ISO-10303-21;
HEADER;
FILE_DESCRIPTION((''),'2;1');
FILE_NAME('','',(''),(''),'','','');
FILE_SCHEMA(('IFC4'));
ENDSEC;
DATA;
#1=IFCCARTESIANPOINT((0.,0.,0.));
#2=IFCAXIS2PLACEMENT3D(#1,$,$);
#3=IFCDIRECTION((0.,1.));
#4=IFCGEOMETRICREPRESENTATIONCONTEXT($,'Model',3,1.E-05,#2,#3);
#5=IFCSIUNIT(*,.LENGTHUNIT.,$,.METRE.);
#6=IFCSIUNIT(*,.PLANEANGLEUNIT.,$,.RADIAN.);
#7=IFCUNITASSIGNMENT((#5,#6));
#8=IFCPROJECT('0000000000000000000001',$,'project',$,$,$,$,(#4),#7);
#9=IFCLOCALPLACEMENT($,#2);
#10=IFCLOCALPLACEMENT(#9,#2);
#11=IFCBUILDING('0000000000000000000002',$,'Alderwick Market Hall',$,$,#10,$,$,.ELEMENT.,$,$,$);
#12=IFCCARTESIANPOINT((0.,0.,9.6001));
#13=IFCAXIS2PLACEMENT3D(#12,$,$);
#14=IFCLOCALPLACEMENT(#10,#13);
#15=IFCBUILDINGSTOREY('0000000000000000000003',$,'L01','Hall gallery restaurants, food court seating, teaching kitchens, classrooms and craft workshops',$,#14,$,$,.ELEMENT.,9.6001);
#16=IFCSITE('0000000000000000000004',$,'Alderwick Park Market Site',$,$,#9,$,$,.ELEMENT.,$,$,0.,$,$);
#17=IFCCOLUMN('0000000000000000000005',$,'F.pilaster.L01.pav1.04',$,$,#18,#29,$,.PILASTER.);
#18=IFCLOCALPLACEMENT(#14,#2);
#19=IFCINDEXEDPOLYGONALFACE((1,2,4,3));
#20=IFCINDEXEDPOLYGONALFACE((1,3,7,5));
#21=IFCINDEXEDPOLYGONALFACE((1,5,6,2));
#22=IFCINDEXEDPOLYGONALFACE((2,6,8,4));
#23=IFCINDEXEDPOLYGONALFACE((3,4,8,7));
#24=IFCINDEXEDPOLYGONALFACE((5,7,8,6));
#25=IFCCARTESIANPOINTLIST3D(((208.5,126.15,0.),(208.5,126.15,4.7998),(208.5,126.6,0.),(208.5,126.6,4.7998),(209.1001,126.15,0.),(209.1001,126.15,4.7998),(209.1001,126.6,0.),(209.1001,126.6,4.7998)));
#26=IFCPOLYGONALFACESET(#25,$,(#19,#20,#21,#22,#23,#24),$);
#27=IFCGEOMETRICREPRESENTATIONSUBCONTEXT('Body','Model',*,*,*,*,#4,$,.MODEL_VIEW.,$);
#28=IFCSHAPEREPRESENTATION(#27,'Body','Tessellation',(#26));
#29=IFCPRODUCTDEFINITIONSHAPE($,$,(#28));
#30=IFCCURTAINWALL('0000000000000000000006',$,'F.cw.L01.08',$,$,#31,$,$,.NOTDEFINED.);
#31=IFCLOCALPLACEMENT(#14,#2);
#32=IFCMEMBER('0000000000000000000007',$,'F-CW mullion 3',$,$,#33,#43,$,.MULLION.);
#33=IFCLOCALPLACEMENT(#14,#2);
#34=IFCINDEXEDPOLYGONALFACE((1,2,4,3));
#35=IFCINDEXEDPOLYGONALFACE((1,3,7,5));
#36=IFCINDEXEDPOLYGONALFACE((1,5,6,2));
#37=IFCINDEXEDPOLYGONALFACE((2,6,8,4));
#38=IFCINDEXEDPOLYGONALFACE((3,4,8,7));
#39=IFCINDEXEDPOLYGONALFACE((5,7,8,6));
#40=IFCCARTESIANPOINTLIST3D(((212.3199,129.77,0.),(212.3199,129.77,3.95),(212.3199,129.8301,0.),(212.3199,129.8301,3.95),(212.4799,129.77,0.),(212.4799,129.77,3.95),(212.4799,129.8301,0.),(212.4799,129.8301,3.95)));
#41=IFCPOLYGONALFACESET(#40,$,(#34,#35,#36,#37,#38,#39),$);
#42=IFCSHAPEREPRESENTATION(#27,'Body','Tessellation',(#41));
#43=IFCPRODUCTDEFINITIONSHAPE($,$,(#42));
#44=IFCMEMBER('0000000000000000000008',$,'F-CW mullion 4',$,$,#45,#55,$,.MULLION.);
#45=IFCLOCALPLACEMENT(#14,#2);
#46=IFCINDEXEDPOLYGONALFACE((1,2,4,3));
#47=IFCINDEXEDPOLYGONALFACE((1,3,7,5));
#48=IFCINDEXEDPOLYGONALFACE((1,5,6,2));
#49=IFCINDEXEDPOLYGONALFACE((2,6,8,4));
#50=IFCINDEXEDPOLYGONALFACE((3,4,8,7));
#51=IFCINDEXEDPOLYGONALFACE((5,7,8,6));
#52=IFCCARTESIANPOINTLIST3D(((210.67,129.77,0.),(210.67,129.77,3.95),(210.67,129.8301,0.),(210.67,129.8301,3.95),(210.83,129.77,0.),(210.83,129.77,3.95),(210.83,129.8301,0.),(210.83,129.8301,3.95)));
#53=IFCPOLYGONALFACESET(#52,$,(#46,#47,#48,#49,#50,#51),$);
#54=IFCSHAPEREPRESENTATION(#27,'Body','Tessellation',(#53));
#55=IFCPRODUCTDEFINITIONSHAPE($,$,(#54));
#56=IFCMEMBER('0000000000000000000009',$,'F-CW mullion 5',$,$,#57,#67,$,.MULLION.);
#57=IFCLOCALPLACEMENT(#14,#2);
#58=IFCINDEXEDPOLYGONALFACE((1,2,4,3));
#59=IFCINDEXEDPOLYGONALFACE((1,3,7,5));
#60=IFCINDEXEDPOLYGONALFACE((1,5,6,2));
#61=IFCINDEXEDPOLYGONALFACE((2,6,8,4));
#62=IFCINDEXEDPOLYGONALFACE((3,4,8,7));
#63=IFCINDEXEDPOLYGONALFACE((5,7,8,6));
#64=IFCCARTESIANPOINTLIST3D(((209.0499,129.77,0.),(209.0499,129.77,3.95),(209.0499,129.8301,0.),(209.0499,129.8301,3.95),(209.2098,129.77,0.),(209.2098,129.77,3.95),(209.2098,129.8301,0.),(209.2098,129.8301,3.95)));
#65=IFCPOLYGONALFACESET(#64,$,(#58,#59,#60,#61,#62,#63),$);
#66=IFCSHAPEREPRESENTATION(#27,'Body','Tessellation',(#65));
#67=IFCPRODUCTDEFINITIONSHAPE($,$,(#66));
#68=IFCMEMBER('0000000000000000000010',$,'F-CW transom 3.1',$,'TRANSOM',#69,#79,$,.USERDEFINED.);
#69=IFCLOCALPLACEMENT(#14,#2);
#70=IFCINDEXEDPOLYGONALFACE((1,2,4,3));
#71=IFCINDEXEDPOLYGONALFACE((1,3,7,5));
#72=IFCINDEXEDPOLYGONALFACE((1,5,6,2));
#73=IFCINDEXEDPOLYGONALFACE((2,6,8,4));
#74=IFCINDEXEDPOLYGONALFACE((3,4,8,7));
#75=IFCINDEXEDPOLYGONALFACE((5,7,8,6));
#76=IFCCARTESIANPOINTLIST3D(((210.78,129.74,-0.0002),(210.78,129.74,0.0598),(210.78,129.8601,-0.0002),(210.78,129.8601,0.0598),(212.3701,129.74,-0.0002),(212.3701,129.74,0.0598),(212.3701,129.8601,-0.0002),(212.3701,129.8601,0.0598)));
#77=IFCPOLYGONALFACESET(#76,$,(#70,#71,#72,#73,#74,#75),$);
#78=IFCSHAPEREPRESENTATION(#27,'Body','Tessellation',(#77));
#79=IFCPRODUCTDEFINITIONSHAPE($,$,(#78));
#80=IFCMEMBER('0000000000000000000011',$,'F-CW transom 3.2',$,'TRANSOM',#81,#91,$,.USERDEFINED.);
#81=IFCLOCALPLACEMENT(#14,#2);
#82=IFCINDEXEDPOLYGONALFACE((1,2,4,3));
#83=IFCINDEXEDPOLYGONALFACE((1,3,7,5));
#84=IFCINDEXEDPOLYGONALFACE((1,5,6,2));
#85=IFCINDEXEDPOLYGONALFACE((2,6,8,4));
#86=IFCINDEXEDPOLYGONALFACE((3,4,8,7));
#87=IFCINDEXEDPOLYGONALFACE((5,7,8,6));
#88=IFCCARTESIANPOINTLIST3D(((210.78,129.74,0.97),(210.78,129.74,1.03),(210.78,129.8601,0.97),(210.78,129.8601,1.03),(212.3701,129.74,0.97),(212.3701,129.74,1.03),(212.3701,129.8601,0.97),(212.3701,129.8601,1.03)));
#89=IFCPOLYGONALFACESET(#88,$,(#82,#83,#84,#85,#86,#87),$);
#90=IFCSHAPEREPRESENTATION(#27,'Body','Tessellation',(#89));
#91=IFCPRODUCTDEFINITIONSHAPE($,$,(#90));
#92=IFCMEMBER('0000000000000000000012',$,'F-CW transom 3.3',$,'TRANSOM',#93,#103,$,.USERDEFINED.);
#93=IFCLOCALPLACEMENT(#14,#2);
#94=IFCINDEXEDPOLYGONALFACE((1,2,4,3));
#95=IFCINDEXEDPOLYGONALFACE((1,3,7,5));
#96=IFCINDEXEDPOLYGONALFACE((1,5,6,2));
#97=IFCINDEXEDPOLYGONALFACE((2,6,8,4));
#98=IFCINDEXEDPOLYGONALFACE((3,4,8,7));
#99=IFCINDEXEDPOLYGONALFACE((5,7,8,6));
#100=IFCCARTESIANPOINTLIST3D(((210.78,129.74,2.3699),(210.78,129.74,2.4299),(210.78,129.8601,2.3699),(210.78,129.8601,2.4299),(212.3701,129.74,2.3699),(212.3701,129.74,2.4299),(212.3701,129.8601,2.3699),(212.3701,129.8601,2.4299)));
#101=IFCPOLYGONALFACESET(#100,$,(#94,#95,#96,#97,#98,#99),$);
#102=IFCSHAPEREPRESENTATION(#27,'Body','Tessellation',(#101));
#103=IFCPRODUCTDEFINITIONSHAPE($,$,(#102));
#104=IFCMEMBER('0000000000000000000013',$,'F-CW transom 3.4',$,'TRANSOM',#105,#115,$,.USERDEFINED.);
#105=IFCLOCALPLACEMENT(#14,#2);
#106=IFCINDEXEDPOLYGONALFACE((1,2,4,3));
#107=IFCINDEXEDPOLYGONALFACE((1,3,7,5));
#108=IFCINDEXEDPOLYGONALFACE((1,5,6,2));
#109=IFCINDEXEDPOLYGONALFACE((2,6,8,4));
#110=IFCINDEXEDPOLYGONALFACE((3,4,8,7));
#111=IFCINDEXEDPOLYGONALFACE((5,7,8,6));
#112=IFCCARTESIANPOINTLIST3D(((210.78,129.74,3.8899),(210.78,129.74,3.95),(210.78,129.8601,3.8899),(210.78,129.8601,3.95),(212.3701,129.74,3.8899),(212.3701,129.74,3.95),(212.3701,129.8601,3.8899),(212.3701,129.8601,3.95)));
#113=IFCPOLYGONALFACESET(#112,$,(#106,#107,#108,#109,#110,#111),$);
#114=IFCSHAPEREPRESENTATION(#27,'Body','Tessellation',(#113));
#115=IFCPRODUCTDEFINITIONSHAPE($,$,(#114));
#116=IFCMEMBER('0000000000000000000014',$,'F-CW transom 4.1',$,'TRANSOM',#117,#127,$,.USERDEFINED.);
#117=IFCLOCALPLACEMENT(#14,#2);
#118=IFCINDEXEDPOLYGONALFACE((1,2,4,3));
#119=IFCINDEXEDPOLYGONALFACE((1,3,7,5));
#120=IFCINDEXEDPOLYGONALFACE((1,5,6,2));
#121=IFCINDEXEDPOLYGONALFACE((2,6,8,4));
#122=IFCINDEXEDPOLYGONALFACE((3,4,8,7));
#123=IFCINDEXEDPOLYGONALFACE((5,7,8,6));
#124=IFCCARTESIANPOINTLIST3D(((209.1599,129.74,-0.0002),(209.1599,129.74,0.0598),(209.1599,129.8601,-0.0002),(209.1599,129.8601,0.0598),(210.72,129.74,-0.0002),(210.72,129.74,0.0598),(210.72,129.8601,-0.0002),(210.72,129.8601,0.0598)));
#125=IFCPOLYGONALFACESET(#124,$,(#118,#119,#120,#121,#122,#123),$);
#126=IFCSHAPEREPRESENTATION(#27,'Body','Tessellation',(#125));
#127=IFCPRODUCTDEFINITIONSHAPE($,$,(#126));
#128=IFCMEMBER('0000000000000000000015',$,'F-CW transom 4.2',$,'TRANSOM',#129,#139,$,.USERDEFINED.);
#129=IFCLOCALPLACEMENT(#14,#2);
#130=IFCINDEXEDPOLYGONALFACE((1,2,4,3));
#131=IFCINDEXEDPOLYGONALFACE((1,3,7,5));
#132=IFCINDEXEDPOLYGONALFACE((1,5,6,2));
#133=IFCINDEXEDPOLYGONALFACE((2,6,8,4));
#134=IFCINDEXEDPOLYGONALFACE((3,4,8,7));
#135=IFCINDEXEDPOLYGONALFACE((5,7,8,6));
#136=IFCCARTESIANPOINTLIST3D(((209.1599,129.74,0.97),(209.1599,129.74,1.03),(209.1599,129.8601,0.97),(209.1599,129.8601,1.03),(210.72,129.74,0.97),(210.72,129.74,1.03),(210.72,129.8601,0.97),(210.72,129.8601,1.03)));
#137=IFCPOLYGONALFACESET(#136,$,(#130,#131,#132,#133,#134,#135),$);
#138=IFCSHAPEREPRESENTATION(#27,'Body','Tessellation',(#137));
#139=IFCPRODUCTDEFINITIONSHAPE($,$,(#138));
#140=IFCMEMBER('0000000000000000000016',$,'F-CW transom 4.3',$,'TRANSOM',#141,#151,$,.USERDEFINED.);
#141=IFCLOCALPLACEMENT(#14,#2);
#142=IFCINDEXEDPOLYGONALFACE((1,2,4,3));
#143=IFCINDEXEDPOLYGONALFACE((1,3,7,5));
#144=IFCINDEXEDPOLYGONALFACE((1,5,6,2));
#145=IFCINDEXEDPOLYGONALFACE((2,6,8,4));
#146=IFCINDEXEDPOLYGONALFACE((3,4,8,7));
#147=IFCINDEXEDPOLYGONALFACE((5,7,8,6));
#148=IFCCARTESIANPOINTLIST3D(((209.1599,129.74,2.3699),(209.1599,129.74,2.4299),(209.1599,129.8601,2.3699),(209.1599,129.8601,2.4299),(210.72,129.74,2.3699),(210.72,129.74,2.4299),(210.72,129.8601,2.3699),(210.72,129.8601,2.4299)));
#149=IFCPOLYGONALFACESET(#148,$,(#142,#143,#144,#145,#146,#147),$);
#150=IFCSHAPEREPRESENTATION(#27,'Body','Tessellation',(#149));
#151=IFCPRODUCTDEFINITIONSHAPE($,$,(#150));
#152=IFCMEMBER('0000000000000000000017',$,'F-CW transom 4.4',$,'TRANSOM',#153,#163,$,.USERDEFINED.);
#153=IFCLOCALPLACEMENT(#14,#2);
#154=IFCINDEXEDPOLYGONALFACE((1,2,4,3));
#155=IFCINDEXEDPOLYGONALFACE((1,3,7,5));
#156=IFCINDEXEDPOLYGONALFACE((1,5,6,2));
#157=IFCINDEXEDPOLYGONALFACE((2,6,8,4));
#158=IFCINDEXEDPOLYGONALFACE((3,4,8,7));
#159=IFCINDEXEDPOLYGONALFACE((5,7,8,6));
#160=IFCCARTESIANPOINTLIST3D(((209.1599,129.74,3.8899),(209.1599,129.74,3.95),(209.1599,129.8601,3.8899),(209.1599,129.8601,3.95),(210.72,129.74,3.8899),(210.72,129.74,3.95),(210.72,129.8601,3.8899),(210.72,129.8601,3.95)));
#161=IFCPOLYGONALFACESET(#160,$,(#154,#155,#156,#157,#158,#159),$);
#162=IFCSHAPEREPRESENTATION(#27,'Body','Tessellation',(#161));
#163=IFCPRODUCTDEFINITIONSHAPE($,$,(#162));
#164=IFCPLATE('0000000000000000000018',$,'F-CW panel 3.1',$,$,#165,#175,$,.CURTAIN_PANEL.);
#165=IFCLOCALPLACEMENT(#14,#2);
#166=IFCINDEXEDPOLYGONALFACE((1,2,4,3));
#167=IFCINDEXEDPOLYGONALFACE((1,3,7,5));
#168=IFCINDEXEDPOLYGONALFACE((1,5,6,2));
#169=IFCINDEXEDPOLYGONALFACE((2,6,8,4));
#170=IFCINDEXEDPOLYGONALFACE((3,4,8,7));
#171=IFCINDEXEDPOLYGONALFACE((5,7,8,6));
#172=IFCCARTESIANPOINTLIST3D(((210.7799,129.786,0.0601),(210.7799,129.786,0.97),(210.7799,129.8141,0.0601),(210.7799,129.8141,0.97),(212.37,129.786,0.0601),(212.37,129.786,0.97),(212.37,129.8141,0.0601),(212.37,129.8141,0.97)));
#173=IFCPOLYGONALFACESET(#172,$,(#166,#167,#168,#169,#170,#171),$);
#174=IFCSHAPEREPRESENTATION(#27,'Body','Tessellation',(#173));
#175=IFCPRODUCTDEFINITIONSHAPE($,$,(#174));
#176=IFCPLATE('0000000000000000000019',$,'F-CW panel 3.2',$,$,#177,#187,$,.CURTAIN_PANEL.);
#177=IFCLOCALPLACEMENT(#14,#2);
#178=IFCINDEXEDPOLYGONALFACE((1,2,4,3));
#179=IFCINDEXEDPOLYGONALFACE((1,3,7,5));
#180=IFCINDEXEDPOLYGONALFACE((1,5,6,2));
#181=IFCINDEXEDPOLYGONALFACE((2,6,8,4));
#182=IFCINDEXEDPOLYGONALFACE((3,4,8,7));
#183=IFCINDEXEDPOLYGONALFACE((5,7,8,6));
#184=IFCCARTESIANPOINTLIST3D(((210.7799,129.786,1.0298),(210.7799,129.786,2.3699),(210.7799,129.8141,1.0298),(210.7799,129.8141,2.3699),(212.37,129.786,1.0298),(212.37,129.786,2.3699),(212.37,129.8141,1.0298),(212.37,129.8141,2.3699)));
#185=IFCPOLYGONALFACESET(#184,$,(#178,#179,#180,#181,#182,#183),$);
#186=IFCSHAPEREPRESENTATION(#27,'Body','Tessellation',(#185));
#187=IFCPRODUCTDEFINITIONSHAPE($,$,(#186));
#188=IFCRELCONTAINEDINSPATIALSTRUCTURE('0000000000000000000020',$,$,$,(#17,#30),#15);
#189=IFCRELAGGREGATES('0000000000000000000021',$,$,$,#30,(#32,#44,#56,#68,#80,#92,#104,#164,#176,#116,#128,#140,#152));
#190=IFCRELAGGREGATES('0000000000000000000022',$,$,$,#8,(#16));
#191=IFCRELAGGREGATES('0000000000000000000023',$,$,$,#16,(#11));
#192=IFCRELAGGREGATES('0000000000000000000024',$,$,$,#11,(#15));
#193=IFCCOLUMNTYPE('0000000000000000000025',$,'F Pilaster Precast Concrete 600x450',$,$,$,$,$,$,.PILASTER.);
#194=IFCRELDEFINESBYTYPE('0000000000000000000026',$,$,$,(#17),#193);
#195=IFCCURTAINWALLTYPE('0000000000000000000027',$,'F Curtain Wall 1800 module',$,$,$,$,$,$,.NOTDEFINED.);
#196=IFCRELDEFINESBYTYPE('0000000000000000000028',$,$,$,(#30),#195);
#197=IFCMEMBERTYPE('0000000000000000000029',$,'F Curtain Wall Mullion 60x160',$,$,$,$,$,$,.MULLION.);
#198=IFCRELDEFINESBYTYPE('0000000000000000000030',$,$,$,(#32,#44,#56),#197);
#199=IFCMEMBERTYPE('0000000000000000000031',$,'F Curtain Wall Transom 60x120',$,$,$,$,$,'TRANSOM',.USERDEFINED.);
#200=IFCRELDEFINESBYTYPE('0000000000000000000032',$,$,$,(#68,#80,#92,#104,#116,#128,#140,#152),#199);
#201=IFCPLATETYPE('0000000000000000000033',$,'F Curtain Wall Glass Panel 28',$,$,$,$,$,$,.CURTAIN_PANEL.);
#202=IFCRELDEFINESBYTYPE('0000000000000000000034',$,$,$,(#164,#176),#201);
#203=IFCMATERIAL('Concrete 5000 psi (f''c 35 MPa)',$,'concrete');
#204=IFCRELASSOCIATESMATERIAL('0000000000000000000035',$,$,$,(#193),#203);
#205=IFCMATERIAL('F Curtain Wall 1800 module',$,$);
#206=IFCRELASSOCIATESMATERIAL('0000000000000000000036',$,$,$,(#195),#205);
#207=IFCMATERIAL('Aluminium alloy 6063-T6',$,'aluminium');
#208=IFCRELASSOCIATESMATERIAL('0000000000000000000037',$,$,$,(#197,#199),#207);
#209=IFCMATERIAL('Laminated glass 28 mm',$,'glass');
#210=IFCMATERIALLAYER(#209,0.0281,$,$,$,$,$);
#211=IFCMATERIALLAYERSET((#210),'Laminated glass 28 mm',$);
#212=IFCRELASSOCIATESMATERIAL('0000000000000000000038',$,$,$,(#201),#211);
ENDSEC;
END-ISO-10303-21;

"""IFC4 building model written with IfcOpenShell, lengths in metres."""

from ifc_helpers import new_model, si_unit, direction, frame, origin, origin_2d, place, context, subcontext, project, spatial, rectangle, extrude, material, layer, layer_set, material_profile, profile_set, type_object, element, aggregate, save


model = new_model("IFC4")

# Units and contexts
model_context = context("Model", 3, precision=1e-05, world=origin(), true_north=direction((0.0, 1.0)))
body_context = subcontext(model_context, "Body", "Model", "MODEL_VIEW")
ifc_project = project(units=[si_unit("LENGTHUNIT", "METRE"), si_unit("PLANEANGLEUNIT", "RADIAN")], contexts=[model_context])

# Site, building, storey
site_placement = place(None, origin())
site = spatial("IfcSite", under=ifc_project, at=site_placement, Name="Alderwick Park Market Site", CompositionType="ELEMENT", RefElevation=0.0)
building_placement = place(site_placement, origin())
building = spatial("IfcBuilding", under=site, at=building_placement, Name="Alderwick Market Hall", CompositionType="ELEMENT")
storey_placement = place(building_placement, frame((0.0, 0.0, 9.6001)))
storey = spatial("IfcBuildingStorey", under=building, at=storey_placement, Name="L01", Description="Hall gallery restaurants, food court seating, teaching kitchens, classrooms and craft workshops", CompositionType="ELEMENT", Elevation=9.6001)

# Column
ifc_material_1 = material(Name="Concrete 5000 psi (f'c 35 MPa)", Category="concrete")
ifc_material_profile_1 = material_profile(ifc_material_1, rectangle(XDim=0.6001, YDim=0.45, at=origin_2d()), Name="PC 600x450")
ifc_profile_set_1 = profile_set([ifc_material_profile_1], Name="Concrete 5000 psi (f'c 35 MPa)")
column_type = type_object("IfcColumnType", Name="F Pilaster Precast Concrete 600x450", PredefinedType="PILASTER", material=ifc_profile_set_1)
column_placement = place(storey_placement, frame((208.8, 126.375, 0.0), z_axis=(0.0, 0.0, 1.0), x_axis=(1.0, 0.0, 0.0)))
element("IfcColumn", 1, at=column_placement, inside=storey, type_object=column_type, Name="F.pilaster.L01.pav1.04", PredefinedType="PILASTER", context=body_context, shape_type="SweptSolid", body=[
    extrude(rectangle(XDim=0.6001, YDim=0.45, at=origin_2d()), origin(), (0.0, 0.0, 1.0), 4.7998),
])

# Curtain wall, members, plates
ifc_material_2 = material(Name="F Curtain Wall 1800 module")
curtain_wall_type = type_object("IfcCurtainWallType", Name="F Curtain Wall 1800 module", PredefinedType="NOTDEFINED", material=ifc_material_2)
curtain_wall_placement = place(storey_placement, origin())
curtain_wall = element("IfcCurtainWall", 2, at=curtain_wall_placement, inside=storey, type_object=curtain_wall_type, Name="F.cw.L01.08", PredefinedType="NOTDEFINED")
ifc_material_3 = material(Name="Aluminium alloy 6063-T6", Category="aluminium")
ifc_material_profile_2 = material_profile(ifc_material_3, rectangle(XDim=0.0601, YDim=0.1599, at=origin_2d()), Name="AL 60x160")
ifc_profile_set_2 = profile_set([ifc_material_profile_2], Name="Aluminium alloy 6063-T6")
member_type_1 = type_object("IfcMemberType", Name="F Curtain Wall Mullion 60x160", PredefinedType="MULLION", material=ifc_profile_set_2)
member_1_placement = place(storey_placement, frame((212.3999, 129.8, 0.0), z_axis=(0.0, 0.0, 1.0), x_axis=(0.0, -1.0, 0.0)))
member_1 = element("IfcMember", 3, at=member_1_placement, type_object=member_type_1, Name="F-CW mullion 3", PredefinedType="MULLION", context=body_context, shape_type="SweptSolid", body=[
    extrude(rectangle(XDim=0.0601, YDim=0.1599, at=origin_2d()), origin(), (0.0, 0.0, 1.0), 3.95),
])
member_2_placement = place(storey_placement, frame((210.75, 129.8, 0.0), z_axis=(0.0, 0.0, 1.0), x_axis=(0.0, -1.0, 0.0)))
member_2 = element("IfcMember", 4, at=member_2_placement, type_object=member_type_1, Name="F-CW mullion 4", PredefinedType="MULLION", context=body_context, shape_type="SweptSolid", body=[
    extrude(rectangle(XDim=0.0601, YDim=0.1599, at=origin_2d()), origin(), (0.0, 0.0, 1.0), 3.95),
])
member_3_placement = place(storey_placement, frame((209.1299, 129.8, 0.0), z_axis=(0.0, 0.0, 1.0), x_axis=(0.0, -1.0, 0.0)))
member_3 = element("IfcMember", 5, at=member_3_placement, type_object=member_type_1, Name="F-CW mullion 5", PredefinedType="MULLION", context=body_context, shape_type="SweptSolid", body=[
    extrude(rectangle(XDim=0.0601, YDim=0.1599, at=origin_2d()), origin(), (0.0, 0.0, 1.0), 3.95),
])
ifc_material_profile_3 = material_profile(ifc_material_3, rectangle(XDim=0.1201, YDim=0.0601, at=origin_2d()), Name="AL 60x120")
ifc_profile_set_3 = profile_set([ifc_material_profile_3], Name="Aluminium alloy 6063-T6")
member_type_2 = type_object("IfcMemberType", Name="F Curtain Wall Transom 60x120", ElementType="TRANSOM", PredefinedType="USERDEFINED", material=ifc_profile_set_3)
member_4_placement = place(storey_placement, frame((212.3701, 129.8, 0.0298), z_axis=(-1.0, 0.0, 0.0), x_axis=(0.0, -1.0, 0.0)))
member_4 = element("IfcMember", 6, at=member_4_placement, type_object=member_type_2, Name="F-CW transom 3.1", ObjectType="TRANSOM", PredefinedType="USERDEFINED", context=body_context, shape_type="SweptSolid", body=[
    extrude(rectangle(XDim=0.1201, YDim=0.0601, at=origin_2d()), origin(), (0.0, 0.0, 1.0), 1.5901),
])
member_5_placement = place(storey_placement, frame((212.3701, 129.8, 1.0), z_axis=(-1.0, 0.0, 0.0), x_axis=(0.0, -1.0, 0.0)))
member_5 = element("IfcMember", 7, at=member_5_placement, type_object=member_type_2, Name="F-CW transom 3.2", ObjectType="TRANSOM", PredefinedType="USERDEFINED", context=body_context, shape_type="SweptSolid", body=[
    extrude(rectangle(XDim=0.1201, YDim=0.0601, at=origin_2d()), origin(), (0.0, 0.0, 1.0), 1.5901),
])
member_6_placement = place(storey_placement, frame((212.3701, 129.8, 2.3999), z_axis=(-1.0, 0.0, 0.0), x_axis=(0.0, -1.0, 0.0)))
member_6 = element("IfcMember", 8, at=member_6_placement, type_object=member_type_2, Name="F-CW transom 3.3", ObjectType="TRANSOM", PredefinedType="USERDEFINED", context=body_context, shape_type="SweptSolid", body=[
    extrude(rectangle(XDim=0.1201, YDim=0.0601, at=origin_2d()), origin(), (0.0, 0.0, 1.0), 1.5901),
])
member_7_placement = place(storey_placement, frame((212.3701, 129.8, 3.9199), z_axis=(-1.0, 0.0, 0.0), x_axis=(0.0, -1.0, 0.0)))
member_7 = element("IfcMember", 9, at=member_7_placement, type_object=member_type_2, Name="F-CW transom 3.4", ObjectType="TRANSOM", PredefinedType="USERDEFINED", context=body_context, shape_type="SweptSolid", body=[
    extrude(rectangle(XDim=0.1201, YDim=0.0601, at=origin_2d()), origin(), (0.0, 0.0, 1.0), 1.5901),
])
member_8_placement = place(storey_placement, frame((210.72, 129.8, 0.0298), z_axis=(-1.0, 0.0, 0.0), x_axis=(0.0, -1.0, 0.0)))
member_8 = element("IfcMember", 10, at=member_8_placement, type_object=member_type_2, Name="F-CW transom 4.1", ObjectType="TRANSOM", PredefinedType="USERDEFINED", context=body_context, shape_type="SweptSolid", body=[
    extrude(rectangle(XDim=0.1201, YDim=0.0601, at=origin_2d()), origin(), (0.0, 0.0, 1.0), 1.5601),
])
member_9_placement = place(storey_placement, frame((210.72, 129.8, 1.0), z_axis=(-1.0, 0.0, 0.0), x_axis=(0.0, -1.0, 0.0)))
member_9 = element("IfcMember", 11, at=member_9_placement, type_object=member_type_2, Name="F-CW transom 4.2", ObjectType="TRANSOM", PredefinedType="USERDEFINED", context=body_context, shape_type="SweptSolid", body=[
    extrude(rectangle(XDim=0.1201, YDim=0.0601, at=origin_2d()), origin(), (0.0, 0.0, 1.0), 1.5601),
])
member_10_placement = place(storey_placement, frame((210.72, 129.8, 2.3999), z_axis=(-1.0, 0.0, 0.0), x_axis=(0.0, -1.0, 0.0)))
member_10 = element("IfcMember", 12, at=member_10_placement, type_object=member_type_2, Name="F-CW transom 4.3", ObjectType="TRANSOM", PredefinedType="USERDEFINED", context=body_context, shape_type="SweptSolid", body=[
    extrude(rectangle(XDim=0.1201, YDim=0.0601, at=origin_2d()), origin(), (0.0, 0.0, 1.0), 1.5601),
])
member_11_placement = place(storey_placement, frame((210.72, 129.8, 3.9199), z_axis=(-1.0, 0.0, 0.0), x_axis=(0.0, -1.0, 0.0)))
member_11 = element("IfcMember", 13, at=member_11_placement, type_object=member_type_2, Name="F-CW transom 4.4", ObjectType="TRANSOM", PredefinedType="USERDEFINED", context=body_context, shape_type="SweptSolid", body=[
    extrude(rectangle(XDim=0.1201, YDim=0.0601, at=origin_2d()), origin(), (0.0, 0.0, 1.0), 1.5601),
])
ifc_material_4 = material(Name="Laminated glass 28 mm", Category="glass")
ifc_layer_1 = layer(ifc_material_4, 0.0281)
ifc_layer_set_1 = layer_set([ifc_layer_1], Name="Laminated glass 28 mm")
plate_type = type_object("IfcPlateType", Name="F Curtain Wall Glass Panel 28", PredefinedType="CURTAIN_PANEL", material=ifc_layer_set_1)
plate_1_placement = place(storey_placement, frame((211.575, 129.8, 0.0601), z_axis=(0.0, 0.0, 1.0), x_axis=(-1.0, 0.0, 0.0)))
plate_1 = element("IfcPlate", 14, at=plate_1_placement, type_object=plate_type, Name="F-CW panel 3.1", PredefinedType="CURTAIN_PANEL", context=body_context, shape_type="SweptSolid", body=[
    extrude(rectangle(XDim=1.5901, YDim=0.0281, at=origin_2d()), origin(), (0.0, 0.0, 1.0), 0.9099),
])
plate_2_placement = place(storey_placement, frame((211.575, 129.8, 1.0298), z_axis=(0.0, 0.0, 1.0), x_axis=(-1.0, 0.0, 0.0)))
plate_2 = element("IfcPlate", 15, at=plate_2_placement, type_object=plate_type, Name="F-CW panel 3.2", PredefinedType="CURTAIN_PANEL", context=body_context, shape_type="SweptSolid", body=[
    extrude(rectangle(XDim=1.5901, YDim=0.0281, at=origin_2d()), origin(), (0.0, 0.0, 1.0), 1.3401),
])
aggregate(curtain_wall, [member_1, member_2, member_3, member_4, member_5, member_6, member_7, plate_1, plate_2, member_8, member_9, member_10, member_11])

save(model, "model.ifc")
